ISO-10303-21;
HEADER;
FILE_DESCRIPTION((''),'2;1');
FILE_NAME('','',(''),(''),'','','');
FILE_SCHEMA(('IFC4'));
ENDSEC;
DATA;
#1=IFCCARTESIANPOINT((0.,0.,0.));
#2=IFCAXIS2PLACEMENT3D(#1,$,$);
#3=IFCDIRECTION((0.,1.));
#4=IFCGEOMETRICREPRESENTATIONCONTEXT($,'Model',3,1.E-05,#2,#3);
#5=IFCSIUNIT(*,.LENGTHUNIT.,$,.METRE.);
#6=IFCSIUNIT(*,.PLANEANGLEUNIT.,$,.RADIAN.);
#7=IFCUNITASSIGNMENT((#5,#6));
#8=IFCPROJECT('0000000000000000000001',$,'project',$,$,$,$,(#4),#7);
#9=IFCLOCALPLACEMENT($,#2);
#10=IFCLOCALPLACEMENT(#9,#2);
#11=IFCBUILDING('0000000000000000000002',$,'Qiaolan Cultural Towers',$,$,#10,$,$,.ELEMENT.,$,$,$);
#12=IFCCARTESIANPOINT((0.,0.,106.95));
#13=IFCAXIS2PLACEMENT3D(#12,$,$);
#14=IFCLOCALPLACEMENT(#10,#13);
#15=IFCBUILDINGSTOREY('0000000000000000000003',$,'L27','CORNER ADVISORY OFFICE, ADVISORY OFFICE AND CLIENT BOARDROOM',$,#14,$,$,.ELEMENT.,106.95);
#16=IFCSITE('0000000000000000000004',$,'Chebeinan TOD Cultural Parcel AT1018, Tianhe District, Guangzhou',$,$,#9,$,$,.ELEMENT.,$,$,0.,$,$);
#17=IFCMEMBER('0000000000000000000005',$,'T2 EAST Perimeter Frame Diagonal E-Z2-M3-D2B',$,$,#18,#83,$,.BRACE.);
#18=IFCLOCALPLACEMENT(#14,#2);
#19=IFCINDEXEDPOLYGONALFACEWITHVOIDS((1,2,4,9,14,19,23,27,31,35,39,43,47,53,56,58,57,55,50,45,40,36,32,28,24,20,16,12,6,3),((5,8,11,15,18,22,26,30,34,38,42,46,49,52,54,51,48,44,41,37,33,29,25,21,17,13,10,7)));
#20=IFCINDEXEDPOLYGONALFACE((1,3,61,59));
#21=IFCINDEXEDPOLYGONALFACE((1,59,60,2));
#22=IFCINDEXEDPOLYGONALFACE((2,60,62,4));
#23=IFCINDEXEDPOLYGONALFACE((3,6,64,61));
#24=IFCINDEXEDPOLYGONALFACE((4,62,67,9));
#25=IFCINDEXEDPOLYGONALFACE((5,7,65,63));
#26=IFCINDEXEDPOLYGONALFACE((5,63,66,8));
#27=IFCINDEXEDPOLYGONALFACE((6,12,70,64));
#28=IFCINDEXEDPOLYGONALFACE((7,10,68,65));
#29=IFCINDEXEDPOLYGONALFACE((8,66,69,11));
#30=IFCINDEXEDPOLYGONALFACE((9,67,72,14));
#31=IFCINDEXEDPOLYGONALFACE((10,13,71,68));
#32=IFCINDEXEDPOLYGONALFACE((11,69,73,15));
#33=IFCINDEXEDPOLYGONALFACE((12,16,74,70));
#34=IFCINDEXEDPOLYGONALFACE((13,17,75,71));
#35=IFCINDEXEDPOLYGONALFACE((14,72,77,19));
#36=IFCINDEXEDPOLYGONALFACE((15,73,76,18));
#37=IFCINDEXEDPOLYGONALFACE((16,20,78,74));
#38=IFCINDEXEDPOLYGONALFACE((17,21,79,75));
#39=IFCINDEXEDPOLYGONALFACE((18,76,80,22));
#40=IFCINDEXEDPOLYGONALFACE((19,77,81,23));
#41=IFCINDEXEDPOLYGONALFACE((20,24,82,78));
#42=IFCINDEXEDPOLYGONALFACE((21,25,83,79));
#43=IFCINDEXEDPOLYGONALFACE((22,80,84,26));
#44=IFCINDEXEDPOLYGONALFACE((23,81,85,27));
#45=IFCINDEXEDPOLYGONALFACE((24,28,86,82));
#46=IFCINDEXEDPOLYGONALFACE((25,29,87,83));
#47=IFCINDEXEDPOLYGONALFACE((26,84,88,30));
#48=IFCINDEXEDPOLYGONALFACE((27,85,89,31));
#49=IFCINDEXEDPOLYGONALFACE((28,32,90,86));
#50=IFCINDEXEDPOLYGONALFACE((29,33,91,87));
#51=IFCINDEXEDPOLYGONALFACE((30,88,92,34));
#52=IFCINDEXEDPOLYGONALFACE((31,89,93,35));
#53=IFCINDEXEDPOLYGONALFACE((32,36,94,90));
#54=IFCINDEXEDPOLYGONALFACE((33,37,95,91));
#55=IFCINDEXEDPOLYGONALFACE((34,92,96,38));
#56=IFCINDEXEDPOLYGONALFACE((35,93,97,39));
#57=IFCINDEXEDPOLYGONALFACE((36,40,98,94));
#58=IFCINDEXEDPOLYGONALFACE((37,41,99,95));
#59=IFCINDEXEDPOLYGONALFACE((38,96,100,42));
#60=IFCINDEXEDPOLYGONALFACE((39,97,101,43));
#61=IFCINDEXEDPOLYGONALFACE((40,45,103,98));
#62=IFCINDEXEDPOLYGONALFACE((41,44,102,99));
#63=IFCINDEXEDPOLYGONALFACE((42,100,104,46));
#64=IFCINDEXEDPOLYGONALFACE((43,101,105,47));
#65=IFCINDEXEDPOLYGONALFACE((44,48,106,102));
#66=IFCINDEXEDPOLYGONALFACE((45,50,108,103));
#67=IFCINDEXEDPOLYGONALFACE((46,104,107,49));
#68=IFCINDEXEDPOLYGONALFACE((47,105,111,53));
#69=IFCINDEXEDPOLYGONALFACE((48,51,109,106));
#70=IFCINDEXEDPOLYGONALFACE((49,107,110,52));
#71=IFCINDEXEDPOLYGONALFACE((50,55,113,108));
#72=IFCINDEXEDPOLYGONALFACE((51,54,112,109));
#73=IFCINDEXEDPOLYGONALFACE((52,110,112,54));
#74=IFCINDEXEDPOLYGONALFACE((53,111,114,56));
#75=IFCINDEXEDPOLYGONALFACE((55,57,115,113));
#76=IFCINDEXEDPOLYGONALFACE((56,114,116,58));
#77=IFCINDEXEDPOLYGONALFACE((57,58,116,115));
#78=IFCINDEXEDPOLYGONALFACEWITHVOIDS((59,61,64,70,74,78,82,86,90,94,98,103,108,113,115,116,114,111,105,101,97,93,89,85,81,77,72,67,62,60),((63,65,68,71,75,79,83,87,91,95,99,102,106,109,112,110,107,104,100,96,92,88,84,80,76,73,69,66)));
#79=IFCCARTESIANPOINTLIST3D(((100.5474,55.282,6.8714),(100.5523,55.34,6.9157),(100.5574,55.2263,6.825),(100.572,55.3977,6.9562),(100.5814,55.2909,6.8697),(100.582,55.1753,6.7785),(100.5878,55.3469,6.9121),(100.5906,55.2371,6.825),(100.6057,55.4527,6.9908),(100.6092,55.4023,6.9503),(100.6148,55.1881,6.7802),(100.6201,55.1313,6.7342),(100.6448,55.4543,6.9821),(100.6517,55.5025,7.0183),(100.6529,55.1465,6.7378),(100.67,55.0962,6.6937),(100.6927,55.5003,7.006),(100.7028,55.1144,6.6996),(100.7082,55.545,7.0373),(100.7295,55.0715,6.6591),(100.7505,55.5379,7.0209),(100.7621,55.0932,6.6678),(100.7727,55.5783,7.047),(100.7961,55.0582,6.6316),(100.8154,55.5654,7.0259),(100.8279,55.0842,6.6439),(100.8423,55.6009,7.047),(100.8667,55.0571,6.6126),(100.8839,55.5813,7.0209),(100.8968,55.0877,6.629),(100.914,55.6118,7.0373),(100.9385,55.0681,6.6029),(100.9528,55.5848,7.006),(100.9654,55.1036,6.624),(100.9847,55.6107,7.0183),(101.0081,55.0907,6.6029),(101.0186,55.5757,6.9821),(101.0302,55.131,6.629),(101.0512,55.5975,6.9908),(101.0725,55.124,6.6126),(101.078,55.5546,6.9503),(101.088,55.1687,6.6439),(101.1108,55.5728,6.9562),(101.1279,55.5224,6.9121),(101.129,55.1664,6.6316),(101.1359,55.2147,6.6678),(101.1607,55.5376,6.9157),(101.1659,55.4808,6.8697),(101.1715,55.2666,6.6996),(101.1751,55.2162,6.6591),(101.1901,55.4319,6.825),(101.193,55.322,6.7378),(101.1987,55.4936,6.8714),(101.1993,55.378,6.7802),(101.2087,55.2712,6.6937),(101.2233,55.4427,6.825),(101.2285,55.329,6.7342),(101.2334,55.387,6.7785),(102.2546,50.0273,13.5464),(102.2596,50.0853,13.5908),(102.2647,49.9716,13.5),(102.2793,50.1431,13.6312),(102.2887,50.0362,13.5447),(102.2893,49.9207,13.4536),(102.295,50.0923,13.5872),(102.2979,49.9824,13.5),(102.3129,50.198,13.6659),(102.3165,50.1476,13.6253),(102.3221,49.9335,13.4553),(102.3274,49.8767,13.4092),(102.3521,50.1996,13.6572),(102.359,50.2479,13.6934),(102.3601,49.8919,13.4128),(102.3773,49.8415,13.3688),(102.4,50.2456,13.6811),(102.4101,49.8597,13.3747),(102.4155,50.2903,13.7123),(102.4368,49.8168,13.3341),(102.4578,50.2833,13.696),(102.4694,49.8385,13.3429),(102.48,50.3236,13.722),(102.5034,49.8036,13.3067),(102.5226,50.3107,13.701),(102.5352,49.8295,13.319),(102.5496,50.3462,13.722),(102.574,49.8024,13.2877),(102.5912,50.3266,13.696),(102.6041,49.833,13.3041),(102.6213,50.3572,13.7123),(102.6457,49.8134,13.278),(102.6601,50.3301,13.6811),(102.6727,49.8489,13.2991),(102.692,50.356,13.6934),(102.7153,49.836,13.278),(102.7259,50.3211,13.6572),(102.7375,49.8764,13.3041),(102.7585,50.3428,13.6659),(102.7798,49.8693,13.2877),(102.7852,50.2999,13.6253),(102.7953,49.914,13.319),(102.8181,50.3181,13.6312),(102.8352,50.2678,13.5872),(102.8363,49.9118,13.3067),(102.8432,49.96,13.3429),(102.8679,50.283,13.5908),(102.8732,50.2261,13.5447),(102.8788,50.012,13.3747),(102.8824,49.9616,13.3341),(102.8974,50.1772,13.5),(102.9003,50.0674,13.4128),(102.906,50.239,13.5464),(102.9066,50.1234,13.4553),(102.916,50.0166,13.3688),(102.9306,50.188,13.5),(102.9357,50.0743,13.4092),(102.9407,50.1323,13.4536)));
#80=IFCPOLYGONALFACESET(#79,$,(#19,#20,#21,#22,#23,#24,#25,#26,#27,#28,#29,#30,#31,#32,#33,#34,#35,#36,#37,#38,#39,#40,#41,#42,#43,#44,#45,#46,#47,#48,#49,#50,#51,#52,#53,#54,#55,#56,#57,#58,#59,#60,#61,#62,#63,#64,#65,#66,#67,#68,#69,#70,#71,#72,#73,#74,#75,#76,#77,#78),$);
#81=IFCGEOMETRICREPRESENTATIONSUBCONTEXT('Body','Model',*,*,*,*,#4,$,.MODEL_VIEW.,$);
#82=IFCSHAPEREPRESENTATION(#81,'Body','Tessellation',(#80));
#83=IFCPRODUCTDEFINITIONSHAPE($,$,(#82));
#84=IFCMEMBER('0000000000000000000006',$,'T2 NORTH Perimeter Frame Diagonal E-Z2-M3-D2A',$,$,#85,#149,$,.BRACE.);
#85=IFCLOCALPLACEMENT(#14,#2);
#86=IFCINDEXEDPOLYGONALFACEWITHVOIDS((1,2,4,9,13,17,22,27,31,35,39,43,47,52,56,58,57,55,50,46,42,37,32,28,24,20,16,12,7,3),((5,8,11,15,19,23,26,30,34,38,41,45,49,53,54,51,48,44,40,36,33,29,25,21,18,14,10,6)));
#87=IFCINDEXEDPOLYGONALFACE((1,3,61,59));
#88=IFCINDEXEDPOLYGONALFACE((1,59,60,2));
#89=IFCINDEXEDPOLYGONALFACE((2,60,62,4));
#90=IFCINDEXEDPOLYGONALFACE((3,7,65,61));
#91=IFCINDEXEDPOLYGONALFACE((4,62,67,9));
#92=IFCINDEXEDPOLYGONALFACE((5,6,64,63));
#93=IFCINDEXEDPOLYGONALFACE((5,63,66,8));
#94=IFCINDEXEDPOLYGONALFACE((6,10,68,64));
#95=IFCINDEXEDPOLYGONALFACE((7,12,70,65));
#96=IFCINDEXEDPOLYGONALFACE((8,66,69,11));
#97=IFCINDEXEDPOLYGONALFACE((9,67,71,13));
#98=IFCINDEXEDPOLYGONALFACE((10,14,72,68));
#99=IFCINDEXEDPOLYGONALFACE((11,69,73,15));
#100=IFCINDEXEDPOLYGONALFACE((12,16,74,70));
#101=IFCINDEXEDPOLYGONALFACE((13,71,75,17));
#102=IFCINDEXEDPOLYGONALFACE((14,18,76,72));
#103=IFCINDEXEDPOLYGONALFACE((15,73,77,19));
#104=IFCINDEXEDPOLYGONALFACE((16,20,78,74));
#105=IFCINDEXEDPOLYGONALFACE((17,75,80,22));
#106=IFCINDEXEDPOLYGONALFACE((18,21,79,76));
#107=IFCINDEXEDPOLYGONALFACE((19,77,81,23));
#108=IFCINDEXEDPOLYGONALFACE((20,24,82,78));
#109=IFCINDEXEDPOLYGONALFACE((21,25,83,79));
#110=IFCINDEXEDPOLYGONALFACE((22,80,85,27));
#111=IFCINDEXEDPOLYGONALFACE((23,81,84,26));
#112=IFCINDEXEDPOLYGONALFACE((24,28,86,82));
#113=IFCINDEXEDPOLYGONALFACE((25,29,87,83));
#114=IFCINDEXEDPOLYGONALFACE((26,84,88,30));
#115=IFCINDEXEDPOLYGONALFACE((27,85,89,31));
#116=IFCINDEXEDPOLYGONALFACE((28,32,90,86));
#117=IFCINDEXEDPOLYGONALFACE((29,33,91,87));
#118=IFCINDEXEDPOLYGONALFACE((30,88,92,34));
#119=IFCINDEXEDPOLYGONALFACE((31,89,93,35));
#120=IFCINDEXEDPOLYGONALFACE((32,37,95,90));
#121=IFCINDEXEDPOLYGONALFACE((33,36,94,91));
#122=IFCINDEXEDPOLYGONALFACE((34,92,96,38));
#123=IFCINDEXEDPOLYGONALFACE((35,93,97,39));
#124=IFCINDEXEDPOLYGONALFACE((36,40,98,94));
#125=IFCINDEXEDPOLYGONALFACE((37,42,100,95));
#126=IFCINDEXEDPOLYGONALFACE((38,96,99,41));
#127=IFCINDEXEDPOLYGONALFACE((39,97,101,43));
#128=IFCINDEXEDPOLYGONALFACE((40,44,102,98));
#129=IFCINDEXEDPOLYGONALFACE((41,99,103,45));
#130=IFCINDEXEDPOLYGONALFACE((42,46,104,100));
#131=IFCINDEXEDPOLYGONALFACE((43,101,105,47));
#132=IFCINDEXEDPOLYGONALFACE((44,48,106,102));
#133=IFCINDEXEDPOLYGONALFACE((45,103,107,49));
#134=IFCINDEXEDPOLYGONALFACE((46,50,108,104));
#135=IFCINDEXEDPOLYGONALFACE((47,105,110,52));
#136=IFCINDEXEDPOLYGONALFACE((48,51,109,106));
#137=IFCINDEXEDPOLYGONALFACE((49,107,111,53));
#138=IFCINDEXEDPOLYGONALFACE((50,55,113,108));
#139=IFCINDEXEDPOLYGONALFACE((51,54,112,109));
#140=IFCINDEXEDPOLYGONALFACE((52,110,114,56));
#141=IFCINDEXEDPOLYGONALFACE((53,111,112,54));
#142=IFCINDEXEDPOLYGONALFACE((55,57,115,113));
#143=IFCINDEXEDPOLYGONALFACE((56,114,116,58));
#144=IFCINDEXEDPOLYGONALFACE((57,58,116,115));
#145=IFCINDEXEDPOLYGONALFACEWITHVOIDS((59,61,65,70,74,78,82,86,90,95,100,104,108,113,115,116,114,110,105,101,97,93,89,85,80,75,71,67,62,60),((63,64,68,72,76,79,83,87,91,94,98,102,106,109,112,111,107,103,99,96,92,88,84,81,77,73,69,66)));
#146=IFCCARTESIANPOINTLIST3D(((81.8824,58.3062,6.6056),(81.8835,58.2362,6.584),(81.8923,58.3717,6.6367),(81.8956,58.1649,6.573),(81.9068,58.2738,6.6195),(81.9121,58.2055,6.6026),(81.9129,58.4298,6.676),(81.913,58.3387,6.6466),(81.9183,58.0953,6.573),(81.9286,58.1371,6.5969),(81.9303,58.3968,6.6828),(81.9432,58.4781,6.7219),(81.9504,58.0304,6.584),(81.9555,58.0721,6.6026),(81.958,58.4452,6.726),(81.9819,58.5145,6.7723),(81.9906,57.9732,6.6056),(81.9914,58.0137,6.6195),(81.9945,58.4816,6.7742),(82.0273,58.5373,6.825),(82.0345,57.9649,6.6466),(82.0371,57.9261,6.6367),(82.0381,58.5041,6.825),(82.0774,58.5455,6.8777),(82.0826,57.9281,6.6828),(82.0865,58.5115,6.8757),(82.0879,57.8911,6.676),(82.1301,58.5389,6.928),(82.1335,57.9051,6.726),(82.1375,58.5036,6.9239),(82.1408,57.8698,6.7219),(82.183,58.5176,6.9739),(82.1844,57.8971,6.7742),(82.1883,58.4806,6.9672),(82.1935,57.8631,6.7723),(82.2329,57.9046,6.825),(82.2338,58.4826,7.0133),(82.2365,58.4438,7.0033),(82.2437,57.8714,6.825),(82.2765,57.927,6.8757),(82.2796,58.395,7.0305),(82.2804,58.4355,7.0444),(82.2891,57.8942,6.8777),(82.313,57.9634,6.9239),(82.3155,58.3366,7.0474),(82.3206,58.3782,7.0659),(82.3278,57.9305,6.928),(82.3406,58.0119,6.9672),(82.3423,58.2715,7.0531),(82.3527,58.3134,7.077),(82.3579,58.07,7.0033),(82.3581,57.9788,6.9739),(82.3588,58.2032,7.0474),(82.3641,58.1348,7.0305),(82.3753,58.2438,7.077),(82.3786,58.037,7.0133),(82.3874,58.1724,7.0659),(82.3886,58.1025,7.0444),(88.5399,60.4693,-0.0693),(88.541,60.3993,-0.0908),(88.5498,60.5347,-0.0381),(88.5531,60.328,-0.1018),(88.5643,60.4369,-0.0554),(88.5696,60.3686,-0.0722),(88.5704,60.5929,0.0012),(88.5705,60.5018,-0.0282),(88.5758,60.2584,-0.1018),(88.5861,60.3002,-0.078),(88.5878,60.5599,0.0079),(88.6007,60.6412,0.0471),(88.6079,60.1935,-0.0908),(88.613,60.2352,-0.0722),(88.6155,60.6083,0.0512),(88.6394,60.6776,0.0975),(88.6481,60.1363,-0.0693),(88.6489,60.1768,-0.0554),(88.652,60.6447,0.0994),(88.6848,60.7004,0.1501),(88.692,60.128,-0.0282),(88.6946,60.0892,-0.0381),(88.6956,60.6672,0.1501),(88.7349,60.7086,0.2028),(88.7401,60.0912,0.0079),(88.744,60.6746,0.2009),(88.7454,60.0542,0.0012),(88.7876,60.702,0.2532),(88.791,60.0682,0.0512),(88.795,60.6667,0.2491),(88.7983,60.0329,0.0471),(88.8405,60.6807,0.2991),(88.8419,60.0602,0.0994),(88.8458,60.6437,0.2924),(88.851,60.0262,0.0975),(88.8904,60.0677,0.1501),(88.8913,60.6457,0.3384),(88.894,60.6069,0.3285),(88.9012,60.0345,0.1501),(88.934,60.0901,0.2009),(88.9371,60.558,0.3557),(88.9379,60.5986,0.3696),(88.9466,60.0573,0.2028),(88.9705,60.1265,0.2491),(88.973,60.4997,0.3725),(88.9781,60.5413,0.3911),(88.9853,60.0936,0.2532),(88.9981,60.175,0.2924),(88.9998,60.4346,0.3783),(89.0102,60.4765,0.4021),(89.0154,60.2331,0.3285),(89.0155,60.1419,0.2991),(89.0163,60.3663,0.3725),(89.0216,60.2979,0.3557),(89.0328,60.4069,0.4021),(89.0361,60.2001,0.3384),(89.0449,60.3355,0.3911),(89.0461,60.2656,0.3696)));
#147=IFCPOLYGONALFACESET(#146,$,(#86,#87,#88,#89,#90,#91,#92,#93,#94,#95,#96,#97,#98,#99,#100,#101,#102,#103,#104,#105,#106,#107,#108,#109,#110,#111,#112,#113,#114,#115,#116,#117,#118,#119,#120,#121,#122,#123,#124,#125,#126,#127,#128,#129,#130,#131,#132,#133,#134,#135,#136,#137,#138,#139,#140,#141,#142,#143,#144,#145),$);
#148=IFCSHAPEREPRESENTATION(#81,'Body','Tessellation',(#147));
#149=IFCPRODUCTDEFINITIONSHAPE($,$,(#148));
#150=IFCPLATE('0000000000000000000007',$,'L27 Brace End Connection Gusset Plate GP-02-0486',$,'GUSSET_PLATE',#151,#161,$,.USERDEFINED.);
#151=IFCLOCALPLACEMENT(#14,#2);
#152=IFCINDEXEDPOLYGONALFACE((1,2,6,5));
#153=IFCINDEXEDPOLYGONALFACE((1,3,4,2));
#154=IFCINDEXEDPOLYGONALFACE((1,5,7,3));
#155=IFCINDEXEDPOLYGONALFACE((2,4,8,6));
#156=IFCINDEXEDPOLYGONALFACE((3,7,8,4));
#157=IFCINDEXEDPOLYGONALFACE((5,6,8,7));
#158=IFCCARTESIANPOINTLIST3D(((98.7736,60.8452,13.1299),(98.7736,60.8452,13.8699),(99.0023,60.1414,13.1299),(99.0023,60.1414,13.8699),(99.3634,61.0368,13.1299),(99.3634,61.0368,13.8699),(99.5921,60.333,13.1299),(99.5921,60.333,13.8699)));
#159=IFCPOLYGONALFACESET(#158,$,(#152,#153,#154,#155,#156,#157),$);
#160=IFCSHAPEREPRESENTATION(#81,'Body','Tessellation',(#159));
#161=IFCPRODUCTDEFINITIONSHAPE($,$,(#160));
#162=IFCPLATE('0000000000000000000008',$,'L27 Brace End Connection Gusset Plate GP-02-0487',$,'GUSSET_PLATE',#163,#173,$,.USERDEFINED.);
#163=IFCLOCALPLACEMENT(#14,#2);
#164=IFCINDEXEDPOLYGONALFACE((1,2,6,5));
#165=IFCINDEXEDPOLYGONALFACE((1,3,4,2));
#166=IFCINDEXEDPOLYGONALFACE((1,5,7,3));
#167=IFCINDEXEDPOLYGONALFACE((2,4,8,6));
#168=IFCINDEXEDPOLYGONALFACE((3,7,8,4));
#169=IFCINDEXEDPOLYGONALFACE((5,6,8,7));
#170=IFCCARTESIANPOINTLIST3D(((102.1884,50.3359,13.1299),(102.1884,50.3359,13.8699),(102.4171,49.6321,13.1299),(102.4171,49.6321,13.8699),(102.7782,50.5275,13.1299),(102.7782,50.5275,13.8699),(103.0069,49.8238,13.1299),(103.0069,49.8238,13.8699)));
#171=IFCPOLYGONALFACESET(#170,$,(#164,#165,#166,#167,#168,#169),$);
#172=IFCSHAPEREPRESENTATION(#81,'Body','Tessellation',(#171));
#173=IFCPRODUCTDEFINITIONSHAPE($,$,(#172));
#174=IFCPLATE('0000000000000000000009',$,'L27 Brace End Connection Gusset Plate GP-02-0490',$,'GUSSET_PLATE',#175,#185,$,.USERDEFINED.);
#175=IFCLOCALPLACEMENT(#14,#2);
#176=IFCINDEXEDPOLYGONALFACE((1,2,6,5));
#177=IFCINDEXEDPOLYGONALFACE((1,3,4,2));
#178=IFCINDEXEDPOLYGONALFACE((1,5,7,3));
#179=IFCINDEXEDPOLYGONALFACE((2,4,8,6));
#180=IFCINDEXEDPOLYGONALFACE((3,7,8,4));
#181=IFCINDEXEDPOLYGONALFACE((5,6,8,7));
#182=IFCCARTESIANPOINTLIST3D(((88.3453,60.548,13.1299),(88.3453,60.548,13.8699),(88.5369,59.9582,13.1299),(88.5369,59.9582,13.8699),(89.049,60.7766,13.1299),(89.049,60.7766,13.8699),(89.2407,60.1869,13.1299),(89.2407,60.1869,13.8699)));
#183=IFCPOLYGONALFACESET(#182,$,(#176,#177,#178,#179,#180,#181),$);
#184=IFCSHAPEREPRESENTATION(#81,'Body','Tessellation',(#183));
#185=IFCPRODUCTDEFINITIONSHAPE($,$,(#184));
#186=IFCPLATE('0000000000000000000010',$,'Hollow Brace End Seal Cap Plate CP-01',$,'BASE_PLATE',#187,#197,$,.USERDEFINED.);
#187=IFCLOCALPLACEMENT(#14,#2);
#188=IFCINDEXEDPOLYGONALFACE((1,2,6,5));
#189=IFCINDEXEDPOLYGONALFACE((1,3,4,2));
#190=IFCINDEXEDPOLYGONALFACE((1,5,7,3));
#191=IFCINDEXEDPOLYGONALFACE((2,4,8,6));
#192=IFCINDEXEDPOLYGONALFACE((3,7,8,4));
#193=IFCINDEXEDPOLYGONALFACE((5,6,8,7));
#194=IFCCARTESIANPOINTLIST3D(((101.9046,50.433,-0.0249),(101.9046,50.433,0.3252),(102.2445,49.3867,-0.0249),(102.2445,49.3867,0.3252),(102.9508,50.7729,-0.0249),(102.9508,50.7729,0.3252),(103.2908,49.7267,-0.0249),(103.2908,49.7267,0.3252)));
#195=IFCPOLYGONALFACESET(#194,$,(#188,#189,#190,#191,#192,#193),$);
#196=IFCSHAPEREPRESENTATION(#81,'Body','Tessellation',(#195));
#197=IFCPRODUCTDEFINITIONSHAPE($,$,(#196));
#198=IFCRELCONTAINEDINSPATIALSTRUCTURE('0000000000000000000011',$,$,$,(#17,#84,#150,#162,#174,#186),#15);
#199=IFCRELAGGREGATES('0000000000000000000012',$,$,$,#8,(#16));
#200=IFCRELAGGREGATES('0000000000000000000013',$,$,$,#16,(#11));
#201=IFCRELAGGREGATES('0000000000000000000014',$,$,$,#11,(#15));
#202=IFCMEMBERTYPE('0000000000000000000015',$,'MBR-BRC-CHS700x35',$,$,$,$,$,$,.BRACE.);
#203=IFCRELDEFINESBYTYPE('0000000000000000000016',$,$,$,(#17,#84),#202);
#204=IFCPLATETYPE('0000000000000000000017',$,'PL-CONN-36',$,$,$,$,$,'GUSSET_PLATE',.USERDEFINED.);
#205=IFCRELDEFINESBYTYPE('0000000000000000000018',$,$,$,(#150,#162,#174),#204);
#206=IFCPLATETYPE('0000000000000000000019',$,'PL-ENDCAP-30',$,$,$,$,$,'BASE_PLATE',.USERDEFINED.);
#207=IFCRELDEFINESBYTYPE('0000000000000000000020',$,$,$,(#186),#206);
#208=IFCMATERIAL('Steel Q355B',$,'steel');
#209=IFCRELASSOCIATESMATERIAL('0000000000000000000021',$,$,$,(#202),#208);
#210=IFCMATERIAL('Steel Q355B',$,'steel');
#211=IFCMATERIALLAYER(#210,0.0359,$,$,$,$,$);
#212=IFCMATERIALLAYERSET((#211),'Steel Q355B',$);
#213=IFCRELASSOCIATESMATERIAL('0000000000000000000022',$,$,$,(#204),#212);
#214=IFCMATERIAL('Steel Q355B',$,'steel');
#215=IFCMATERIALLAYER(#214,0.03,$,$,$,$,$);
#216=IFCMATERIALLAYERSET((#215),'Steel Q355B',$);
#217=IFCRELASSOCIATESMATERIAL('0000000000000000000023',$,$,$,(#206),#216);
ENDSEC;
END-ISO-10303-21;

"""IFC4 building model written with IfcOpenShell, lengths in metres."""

from ifc_helpers import new_model, si_unit, direction, frame, origin, origin_2d, place, context, subcontext, project, spatial, rectangle, hollow_circle, extrude, material, layer, layer_set, material_profile, profile_set, type_object, element, save


model = new_model("IFC4")

# Units and contexts
model_context = context("Model", 3, precision=1e-05, world=origin(), true_north=direction((0.0, 1.0)))
body_context = subcontext(model_context, "Body", "Model", "MODEL_VIEW")
ifc_project = project(units=[si_unit("LENGTHUNIT", "METRE"), si_unit("PLANEANGLEUNIT", "RADIAN")], contexts=[model_context])

# Site, building, storey
site_placement = place(None, origin())
site = spatial("IfcSite", under=ifc_project, at=site_placement, Name="Chebeinan TOD Cultural Parcel AT1018, Tianhe District, Guangzhou", CompositionType="ELEMENT", RefElevation=0.0)
building_placement = place(site_placement, origin())
building = spatial("IfcBuilding", under=site, at=building_placement, Name="Qiaolan Cultural Towers", CompositionType="ELEMENT")
storey_placement = place(building_placement, frame((0.0, 0.0, 106.95)))
storey = spatial("IfcBuildingStorey", under=building, at=storey_placement, Name="L27", Description="CORNER ADVISORY OFFICE, ADVISORY OFFICE AND CLIENT BOARDROOM", CompositionType="ELEMENT", Elevation=106.95)

# Members
ifc_material_1 = material(Name="Steel Q355B", Category="steel")
ifc_material_profile_1 = material_profile(ifc_material_1, hollow_circle(Radius=0.3501, WallThickness=0.0349, at=origin_2d()), Name="CHS700x35")
ifc_profile_set_1 = profile_set([ifc_material_profile_1], Name="Steel Q355B")
member_type = type_object("IfcMemberType", Name="MBR-BRC-CHS700x35", PredefinedType="BRACE", material=ifc_profile_set_1)
member_1_placement = place(storey_placement, frame((100.8904, 55.3345, 6.825), z_axis=(0.197031, -0.606421, 0.770346), x_axis=(0.95106, 0.309007, 0.0)))
element("IfcMember", 1, at=member_1_placement, inside=storey, type_object=member_type, Name="T2 EAST Perimeter Frame Diagonal E-Z2-M3-D2B", PredefinedType="BRACE", context=body_context, shape_type="SweptSolid", body=[
    extrude(hollow_circle(Radius=0.3501, WallThickness=0.0349, at=origin_2d()), origin(), (0.0, 0.0, 1.0), 8.665),
])
member_2_placement = place(storey_placement, frame((88.793, 60.3674, 0.1501), z_axis=(-0.688301, -0.223637, 0.690093), x_axis=(0.30901, -0.951059, 0.0)))
element("IfcMember", 2, at=member_2_placement, inside=storey, type_object=member_type, Name="T2 NORTH Perimeter Frame Diagonal E-Z2-M3-D2A", PredefinedType="BRACE", context=body_context, shape_type="SweptSolid", body=[
    extrude(hollow_circle(Radius=0.3501, WallThickness=0.0349, at=origin_2d()), origin(), (0.0, 0.0, 1.0), 9.6724),
])

# Plates
ifc_material_2 = material(Name="Steel Q355B", Category="steel")
ifc_layer_1 = layer(ifc_material_2, 0.0359)
ifc_layer_set_1 = layer_set([ifc_layer_1], Name="Steel Q355B")
plate_type_1 = type_object("IfcPlateType", Name="PL-CONN-36", ElementType="GUSSET_PLATE", PredefinedType="USERDEFINED", material=ifc_layer_set_1)
for number, where, z_axis, x_axis, name in (
    (3, (99.1829, 60.5891, 13.1299), (0.0, 0.0, 1.0), (-0.309017, 0.951057, 0.0), "L27 Brace End Connection Gusset Plate GP-02-0486"),
    (4, (102.5977, 50.0798, 13.1299), (0.0, 0.0, 1.0), (-0.309017, 0.951057, 0.0), "L27 Brace End Connection Gusset Plate GP-02-0487"),
    (5, (88.793, 60.3674, 13.1299), (0.0, 0.0, 1.0), (0.951057, 0.309017, 0.0), "L27 Brace End Connection Gusset Plate GP-02-0490"),
):
    element("IfcPlate", number, at=place(storey_placement, frame(where, z_axis=z_axis, x_axis=x_axis)), inside=storey, type_object=plate_type_1, Name=name, ObjectType="GUSSET_PLATE", PredefinedType="USERDEFINED", context=body_context, shape_type="SweptSolid", body=[
        extrude(rectangle(XDim=0.74, YDim=0.6201, at=origin_2d()), origin(), (0.0, 0.0, 1.0), 0.74),
    ])
ifc_material_3 = material(Name="Steel Q355B", Category="steel")
ifc_layer_2 = layer(ifc_material_3, 0.03)
ifc_layer_set_2 = layer_set([ifc_layer_2], Name="Steel Q355B")
plate_type_2 = type_object("IfcPlateType", Name="PL-ENDCAP-30", ElementType="BASE_PLATE", PredefinedType="USERDEFINED", material=ifc_layer_set_2)
for number, where, z_axis, x_axis, name in (
    (6, (102.5977, 50.0798, -0.0249), (0.0, 0.0, 1.0), (-0.309017, 0.951057, 0.0), "Hollow Brace End Seal Cap Plate CP-01"),
):
    element("IfcPlate", number, at=place(storey_placement, frame(where, z_axis=z_axis, x_axis=x_axis)), inside=storey, type_object=plate_type_2, Name=name, ObjectType="BASE_PLATE", PredefinedType="USERDEFINED", context=body_context, shape_type="SweptSolid", body=[
        extrude(rectangle(XDim=1.1001, YDim=1.1001, at=origin_2d()), origin(), (0.0, 0.0, 1.0), 0.3501),
    ])

save(model, "model.ifc")
